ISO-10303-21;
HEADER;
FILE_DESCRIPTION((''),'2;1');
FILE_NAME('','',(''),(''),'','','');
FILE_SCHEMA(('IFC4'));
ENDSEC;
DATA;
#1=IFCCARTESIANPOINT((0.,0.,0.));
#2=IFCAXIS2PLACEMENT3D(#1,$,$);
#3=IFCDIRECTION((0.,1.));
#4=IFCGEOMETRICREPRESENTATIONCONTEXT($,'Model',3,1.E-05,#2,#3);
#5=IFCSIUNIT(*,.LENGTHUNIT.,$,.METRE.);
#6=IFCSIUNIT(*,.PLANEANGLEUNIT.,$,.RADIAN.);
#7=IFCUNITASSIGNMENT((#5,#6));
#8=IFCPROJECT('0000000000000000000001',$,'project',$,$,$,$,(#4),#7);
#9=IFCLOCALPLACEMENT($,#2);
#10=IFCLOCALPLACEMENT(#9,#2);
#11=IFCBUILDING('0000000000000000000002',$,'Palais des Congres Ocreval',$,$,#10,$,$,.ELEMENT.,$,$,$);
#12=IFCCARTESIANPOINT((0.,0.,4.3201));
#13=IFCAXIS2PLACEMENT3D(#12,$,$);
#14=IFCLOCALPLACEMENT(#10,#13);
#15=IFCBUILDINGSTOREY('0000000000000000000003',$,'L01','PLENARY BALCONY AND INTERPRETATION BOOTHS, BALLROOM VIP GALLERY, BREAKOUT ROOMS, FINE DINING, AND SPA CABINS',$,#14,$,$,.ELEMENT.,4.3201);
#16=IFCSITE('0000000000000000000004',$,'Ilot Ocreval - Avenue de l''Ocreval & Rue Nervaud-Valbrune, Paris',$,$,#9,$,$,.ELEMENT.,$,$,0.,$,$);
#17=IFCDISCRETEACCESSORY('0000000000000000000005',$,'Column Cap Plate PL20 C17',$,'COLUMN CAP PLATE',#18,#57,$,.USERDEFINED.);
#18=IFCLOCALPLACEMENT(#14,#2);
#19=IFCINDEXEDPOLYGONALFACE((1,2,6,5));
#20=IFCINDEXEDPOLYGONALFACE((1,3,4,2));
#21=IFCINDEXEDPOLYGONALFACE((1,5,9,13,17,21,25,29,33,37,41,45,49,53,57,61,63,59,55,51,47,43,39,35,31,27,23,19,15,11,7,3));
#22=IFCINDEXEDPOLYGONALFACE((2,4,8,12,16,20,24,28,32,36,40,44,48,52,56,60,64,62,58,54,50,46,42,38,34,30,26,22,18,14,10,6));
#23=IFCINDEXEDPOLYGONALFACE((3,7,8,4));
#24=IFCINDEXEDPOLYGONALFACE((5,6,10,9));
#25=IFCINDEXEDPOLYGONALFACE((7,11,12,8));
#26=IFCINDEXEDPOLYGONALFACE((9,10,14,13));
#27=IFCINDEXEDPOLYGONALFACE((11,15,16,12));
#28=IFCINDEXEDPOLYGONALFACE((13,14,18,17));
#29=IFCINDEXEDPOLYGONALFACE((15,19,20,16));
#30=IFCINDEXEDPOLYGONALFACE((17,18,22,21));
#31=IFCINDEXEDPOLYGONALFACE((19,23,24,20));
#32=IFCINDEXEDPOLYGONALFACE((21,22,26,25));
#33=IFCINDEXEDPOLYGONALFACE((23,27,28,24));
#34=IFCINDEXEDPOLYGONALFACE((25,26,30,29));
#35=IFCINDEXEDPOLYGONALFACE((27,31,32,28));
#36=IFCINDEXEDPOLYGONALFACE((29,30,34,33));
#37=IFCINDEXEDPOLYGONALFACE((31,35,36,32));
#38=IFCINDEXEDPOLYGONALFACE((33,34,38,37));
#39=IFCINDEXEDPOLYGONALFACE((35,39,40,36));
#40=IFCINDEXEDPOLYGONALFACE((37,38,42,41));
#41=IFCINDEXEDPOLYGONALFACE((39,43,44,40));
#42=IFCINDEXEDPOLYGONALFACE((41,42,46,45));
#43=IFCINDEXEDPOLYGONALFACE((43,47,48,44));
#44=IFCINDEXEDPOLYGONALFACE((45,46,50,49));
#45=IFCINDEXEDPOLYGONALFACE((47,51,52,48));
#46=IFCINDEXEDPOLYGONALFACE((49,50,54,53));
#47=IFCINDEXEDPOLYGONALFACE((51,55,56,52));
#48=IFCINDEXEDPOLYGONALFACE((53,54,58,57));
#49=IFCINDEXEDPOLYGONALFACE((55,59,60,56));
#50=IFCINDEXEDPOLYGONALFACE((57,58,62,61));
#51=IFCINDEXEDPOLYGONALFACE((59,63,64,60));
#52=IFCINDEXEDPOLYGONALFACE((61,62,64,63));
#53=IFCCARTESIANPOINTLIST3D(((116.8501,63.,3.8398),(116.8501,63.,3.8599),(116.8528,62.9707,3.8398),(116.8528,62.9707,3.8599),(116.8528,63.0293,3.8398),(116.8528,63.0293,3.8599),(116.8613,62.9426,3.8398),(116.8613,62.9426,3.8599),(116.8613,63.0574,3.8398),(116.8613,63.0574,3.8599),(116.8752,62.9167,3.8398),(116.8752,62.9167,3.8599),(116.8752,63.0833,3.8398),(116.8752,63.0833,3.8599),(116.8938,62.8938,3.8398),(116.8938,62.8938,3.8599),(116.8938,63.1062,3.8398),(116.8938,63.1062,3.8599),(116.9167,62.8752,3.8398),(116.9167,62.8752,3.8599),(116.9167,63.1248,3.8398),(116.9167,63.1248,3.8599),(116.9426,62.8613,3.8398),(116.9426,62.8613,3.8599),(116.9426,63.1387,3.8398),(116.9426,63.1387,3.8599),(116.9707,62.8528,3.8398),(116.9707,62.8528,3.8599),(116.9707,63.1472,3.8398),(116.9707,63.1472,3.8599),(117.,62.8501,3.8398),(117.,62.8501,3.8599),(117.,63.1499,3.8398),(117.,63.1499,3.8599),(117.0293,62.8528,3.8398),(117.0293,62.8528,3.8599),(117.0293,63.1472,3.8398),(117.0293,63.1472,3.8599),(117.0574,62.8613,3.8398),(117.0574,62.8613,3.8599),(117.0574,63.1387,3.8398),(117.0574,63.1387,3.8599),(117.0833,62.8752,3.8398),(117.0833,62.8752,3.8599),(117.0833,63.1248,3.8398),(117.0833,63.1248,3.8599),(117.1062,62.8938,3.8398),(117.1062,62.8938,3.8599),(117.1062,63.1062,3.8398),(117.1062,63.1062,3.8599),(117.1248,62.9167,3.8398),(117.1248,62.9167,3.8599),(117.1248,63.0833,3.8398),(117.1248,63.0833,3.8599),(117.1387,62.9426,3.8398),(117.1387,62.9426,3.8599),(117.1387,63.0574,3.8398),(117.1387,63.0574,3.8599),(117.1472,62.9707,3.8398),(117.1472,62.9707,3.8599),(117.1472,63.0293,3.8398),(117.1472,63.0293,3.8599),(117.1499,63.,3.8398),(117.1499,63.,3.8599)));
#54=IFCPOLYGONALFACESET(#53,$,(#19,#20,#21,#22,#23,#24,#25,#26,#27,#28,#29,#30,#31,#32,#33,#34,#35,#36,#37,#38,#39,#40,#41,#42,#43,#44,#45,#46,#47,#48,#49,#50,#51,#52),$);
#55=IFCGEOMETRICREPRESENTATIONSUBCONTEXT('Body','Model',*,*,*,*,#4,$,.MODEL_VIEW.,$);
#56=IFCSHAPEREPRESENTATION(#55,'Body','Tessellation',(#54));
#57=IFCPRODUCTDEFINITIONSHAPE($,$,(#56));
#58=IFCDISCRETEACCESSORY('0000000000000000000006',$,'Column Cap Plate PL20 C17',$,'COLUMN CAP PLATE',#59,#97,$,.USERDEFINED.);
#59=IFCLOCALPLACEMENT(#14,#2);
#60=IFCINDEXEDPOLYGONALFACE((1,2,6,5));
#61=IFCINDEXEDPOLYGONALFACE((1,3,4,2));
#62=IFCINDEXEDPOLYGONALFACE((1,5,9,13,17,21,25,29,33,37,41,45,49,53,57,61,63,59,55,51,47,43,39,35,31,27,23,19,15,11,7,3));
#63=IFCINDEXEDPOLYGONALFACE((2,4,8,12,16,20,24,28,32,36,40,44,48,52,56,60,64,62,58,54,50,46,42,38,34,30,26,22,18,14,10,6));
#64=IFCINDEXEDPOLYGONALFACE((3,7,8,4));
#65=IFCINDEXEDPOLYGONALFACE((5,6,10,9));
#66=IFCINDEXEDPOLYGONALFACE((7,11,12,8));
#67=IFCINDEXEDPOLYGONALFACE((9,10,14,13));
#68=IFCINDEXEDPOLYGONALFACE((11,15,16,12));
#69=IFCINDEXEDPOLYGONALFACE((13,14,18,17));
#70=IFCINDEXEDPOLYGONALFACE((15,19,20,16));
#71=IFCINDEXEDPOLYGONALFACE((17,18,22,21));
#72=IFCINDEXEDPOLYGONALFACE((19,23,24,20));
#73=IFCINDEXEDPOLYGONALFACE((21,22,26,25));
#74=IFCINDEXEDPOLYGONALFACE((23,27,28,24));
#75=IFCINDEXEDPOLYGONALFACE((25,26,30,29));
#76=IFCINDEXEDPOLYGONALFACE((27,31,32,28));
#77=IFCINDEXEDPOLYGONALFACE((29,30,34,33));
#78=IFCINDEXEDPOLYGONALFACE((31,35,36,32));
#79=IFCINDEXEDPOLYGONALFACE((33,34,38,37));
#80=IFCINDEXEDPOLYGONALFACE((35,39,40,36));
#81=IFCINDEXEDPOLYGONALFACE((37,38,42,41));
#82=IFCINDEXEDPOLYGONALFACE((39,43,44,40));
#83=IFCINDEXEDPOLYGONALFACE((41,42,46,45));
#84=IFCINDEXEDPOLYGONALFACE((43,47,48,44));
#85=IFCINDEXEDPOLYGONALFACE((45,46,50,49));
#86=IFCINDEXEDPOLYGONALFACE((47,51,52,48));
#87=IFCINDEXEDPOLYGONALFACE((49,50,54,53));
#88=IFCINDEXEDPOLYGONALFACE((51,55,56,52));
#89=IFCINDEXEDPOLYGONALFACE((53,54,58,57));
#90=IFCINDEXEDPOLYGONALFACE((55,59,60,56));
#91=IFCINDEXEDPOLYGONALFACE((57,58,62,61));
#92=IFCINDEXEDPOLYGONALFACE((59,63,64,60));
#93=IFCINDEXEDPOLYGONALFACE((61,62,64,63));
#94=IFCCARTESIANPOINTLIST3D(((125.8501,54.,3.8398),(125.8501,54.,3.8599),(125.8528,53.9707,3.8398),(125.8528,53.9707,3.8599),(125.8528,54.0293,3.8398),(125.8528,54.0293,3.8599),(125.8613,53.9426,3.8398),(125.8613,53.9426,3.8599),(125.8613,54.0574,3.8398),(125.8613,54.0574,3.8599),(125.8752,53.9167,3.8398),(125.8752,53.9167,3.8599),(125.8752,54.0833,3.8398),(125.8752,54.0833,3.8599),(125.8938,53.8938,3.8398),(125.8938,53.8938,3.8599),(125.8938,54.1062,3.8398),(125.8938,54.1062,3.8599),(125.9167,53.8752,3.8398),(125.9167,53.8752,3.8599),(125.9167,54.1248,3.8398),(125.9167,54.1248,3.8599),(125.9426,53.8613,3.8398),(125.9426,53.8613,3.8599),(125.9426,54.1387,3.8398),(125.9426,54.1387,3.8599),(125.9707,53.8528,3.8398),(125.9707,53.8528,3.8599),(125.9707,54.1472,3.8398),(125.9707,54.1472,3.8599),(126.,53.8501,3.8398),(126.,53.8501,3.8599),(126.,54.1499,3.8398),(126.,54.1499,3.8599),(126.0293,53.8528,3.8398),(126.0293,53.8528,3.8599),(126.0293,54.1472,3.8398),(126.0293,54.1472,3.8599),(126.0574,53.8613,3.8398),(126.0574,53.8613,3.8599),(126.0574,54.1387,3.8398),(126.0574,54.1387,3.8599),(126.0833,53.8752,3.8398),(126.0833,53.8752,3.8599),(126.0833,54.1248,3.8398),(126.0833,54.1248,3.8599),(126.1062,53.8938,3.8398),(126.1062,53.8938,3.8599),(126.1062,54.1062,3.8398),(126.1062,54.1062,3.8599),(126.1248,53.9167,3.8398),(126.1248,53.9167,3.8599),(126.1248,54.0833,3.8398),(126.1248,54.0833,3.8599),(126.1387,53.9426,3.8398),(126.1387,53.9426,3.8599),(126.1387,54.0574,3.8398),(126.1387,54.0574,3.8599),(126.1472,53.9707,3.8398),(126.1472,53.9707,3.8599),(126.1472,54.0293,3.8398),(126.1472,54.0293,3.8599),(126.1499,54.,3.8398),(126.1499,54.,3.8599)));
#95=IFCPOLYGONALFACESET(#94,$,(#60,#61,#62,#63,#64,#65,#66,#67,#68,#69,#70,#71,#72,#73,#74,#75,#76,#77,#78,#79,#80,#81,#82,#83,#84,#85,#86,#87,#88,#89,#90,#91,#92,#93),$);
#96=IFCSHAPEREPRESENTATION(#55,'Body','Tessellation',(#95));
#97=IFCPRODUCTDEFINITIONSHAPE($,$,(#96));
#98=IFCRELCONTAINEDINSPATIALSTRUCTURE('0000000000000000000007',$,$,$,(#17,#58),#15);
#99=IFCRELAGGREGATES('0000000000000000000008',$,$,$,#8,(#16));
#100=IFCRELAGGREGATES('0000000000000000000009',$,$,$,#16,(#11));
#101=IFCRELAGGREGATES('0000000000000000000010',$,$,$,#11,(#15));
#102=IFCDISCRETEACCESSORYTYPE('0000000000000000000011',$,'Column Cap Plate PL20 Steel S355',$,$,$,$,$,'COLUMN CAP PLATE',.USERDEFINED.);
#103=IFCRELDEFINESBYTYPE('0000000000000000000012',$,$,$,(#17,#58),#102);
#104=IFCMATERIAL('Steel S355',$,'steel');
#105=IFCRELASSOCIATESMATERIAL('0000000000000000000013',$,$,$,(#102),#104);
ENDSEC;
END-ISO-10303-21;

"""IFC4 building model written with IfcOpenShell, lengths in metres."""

from ifc_helpers import new_model, si_unit, direction, frame, origin, place, context, subcontext, project, spatial, polyline, outline, extrude, material, type_object, element, save


model = new_model("IFC4")

# Units and contexts
model_context = context("Model", 3, precision=1e-05, world=origin(), true_north=direction((0.0, 1.0)))
body_context = subcontext(model_context, "Body", "Model", "MODEL_VIEW")
ifc_project = project(units=[si_unit("LENGTHUNIT", "METRE"), si_unit("PLANEANGLEUNIT", "RADIAN")], contexts=[model_context])

# Site, building, storey
site_placement = place(None, origin())
site = spatial("IfcSite", under=ifc_project, at=site_placement, Name="Ilot Ocreval - Avenue de l'Ocreval & Rue Nervaud-Valbrune, Paris", CompositionType="ELEMENT", RefElevation=0.0)
building_placement = place(site_placement, origin())
building = spatial("IfcBuilding", under=site, at=building_placement, Name="Palais des Congres Ocreval", CompositionType="ELEMENT")
storey_placement = place(building_placement, frame((0.0, 0.0, 4.3201)))
storey = spatial("IfcBuildingStorey", under=building, at=storey_placement, Name="L01", Description="PLENARY BALCONY AND INTERPRETATION BOOTHS, BALLROOM VIP GALLERY, BREAKOUT ROOMS, FINE DINING, AND SPA CABINS", CompositionType="ELEMENT", Elevation=4.3201)

# Discrete accessories
ifc_material = material(Name="Steel S355", Category="steel")
discrete_accessory_type = type_object("IfcDiscreteAccessoryType", Name="Column Cap Plate PL20 Steel S355", ElementType="COLUMN CAP PLATE", PredefinedType="USERDEFINED", material=ifc_material)
discrete_accessory_1_placement = place(storey_placement, frame((0.0, 0.0, 3.8398)))
element("IfcDiscreteAccessory", 1, at=discrete_accessory_1_placement, inside=storey, type_object=discrete_accessory_type, Name="Column Cap Plate PL20 C17", ObjectType="COLUMN CAP PLATE", PredefinedType="USERDEFINED", context=body_context, shape_type="SweptSolid", body=[
    extrude(outline(polyline([(117.1499, 63.0), (117.1472, 63.0293), (117.1387, 63.0574), (117.1248, 63.0833), (117.1062, 63.1062), (117.0833, 63.1248), (117.0574, 63.1387), (117.0293, 63.1472), (117.0, 63.1499), (116.9707, 63.1472), (116.9426, 63.1387), (116.9167, 63.1248), (116.8938, 63.1062), (116.8752, 63.0833), (116.8613, 63.0574), (116.8528, 63.0293), (116.8501, 63.0), (116.8528, 62.9707), (116.8613, 62.9426), (116.8752, 62.9167), (116.8938, 62.8938), (116.9167, 62.8752), (116.9426, 62.8613), (116.9707, 62.8528), (117.0, 62.8501), (117.0293, 62.8528), (117.0574, 62.8613), (117.0833, 62.8752), (117.1062, 62.8938), (117.1248, 62.9167), (117.1387, 62.9426), (117.1472, 62.9707), (117.1499, 63.0)])), origin(), (0.0, 0.0, 1.0), 0.02),
])
discrete_accessory_2_placement = place(storey_placement, frame((0.0, 0.0, 3.8398)))
element("IfcDiscreteAccessory", 2, at=discrete_accessory_2_placement, inside=storey, type_object=discrete_accessory_type, Name="Column Cap Plate PL20 C17", ObjectType="COLUMN CAP PLATE", PredefinedType="USERDEFINED", context=body_context, shape_type="SweptSolid", body=[
    extrude(outline(polyline([(126.1499, 54.0), (126.1472, 54.0293), (126.1387, 54.0574), (126.1248, 54.0833), (126.1062, 54.1062), (126.0833, 54.1248), (126.0574, 54.1387), (126.0293, 54.1472), (126.0, 54.1499), (125.9707, 54.1472), (125.9426, 54.1387), (125.9167, 54.1248), (125.8938, 54.1062), (125.8752, 54.0833), (125.8613, 54.0574), (125.8528, 54.0293), (125.8501, 54.0), (125.8528, 53.9707), (125.8613, 53.9426), (125.8752, 53.9167), (125.8938, 53.8938), (125.9167, 53.8752), (125.9426, 53.8613), (125.9707, 53.8528), (126.0, 53.8501), (126.0293, 53.8528), (126.0574, 53.8613), (126.0833, 53.8752), (126.1062, 53.8938), (126.1248, 53.9167), (126.1387, 53.9426), (126.1472, 53.9707), (126.1499, 54.0)])), origin(), (0.0, 0.0, 1.0), 0.02),
])

save(model, "model.ifc")
